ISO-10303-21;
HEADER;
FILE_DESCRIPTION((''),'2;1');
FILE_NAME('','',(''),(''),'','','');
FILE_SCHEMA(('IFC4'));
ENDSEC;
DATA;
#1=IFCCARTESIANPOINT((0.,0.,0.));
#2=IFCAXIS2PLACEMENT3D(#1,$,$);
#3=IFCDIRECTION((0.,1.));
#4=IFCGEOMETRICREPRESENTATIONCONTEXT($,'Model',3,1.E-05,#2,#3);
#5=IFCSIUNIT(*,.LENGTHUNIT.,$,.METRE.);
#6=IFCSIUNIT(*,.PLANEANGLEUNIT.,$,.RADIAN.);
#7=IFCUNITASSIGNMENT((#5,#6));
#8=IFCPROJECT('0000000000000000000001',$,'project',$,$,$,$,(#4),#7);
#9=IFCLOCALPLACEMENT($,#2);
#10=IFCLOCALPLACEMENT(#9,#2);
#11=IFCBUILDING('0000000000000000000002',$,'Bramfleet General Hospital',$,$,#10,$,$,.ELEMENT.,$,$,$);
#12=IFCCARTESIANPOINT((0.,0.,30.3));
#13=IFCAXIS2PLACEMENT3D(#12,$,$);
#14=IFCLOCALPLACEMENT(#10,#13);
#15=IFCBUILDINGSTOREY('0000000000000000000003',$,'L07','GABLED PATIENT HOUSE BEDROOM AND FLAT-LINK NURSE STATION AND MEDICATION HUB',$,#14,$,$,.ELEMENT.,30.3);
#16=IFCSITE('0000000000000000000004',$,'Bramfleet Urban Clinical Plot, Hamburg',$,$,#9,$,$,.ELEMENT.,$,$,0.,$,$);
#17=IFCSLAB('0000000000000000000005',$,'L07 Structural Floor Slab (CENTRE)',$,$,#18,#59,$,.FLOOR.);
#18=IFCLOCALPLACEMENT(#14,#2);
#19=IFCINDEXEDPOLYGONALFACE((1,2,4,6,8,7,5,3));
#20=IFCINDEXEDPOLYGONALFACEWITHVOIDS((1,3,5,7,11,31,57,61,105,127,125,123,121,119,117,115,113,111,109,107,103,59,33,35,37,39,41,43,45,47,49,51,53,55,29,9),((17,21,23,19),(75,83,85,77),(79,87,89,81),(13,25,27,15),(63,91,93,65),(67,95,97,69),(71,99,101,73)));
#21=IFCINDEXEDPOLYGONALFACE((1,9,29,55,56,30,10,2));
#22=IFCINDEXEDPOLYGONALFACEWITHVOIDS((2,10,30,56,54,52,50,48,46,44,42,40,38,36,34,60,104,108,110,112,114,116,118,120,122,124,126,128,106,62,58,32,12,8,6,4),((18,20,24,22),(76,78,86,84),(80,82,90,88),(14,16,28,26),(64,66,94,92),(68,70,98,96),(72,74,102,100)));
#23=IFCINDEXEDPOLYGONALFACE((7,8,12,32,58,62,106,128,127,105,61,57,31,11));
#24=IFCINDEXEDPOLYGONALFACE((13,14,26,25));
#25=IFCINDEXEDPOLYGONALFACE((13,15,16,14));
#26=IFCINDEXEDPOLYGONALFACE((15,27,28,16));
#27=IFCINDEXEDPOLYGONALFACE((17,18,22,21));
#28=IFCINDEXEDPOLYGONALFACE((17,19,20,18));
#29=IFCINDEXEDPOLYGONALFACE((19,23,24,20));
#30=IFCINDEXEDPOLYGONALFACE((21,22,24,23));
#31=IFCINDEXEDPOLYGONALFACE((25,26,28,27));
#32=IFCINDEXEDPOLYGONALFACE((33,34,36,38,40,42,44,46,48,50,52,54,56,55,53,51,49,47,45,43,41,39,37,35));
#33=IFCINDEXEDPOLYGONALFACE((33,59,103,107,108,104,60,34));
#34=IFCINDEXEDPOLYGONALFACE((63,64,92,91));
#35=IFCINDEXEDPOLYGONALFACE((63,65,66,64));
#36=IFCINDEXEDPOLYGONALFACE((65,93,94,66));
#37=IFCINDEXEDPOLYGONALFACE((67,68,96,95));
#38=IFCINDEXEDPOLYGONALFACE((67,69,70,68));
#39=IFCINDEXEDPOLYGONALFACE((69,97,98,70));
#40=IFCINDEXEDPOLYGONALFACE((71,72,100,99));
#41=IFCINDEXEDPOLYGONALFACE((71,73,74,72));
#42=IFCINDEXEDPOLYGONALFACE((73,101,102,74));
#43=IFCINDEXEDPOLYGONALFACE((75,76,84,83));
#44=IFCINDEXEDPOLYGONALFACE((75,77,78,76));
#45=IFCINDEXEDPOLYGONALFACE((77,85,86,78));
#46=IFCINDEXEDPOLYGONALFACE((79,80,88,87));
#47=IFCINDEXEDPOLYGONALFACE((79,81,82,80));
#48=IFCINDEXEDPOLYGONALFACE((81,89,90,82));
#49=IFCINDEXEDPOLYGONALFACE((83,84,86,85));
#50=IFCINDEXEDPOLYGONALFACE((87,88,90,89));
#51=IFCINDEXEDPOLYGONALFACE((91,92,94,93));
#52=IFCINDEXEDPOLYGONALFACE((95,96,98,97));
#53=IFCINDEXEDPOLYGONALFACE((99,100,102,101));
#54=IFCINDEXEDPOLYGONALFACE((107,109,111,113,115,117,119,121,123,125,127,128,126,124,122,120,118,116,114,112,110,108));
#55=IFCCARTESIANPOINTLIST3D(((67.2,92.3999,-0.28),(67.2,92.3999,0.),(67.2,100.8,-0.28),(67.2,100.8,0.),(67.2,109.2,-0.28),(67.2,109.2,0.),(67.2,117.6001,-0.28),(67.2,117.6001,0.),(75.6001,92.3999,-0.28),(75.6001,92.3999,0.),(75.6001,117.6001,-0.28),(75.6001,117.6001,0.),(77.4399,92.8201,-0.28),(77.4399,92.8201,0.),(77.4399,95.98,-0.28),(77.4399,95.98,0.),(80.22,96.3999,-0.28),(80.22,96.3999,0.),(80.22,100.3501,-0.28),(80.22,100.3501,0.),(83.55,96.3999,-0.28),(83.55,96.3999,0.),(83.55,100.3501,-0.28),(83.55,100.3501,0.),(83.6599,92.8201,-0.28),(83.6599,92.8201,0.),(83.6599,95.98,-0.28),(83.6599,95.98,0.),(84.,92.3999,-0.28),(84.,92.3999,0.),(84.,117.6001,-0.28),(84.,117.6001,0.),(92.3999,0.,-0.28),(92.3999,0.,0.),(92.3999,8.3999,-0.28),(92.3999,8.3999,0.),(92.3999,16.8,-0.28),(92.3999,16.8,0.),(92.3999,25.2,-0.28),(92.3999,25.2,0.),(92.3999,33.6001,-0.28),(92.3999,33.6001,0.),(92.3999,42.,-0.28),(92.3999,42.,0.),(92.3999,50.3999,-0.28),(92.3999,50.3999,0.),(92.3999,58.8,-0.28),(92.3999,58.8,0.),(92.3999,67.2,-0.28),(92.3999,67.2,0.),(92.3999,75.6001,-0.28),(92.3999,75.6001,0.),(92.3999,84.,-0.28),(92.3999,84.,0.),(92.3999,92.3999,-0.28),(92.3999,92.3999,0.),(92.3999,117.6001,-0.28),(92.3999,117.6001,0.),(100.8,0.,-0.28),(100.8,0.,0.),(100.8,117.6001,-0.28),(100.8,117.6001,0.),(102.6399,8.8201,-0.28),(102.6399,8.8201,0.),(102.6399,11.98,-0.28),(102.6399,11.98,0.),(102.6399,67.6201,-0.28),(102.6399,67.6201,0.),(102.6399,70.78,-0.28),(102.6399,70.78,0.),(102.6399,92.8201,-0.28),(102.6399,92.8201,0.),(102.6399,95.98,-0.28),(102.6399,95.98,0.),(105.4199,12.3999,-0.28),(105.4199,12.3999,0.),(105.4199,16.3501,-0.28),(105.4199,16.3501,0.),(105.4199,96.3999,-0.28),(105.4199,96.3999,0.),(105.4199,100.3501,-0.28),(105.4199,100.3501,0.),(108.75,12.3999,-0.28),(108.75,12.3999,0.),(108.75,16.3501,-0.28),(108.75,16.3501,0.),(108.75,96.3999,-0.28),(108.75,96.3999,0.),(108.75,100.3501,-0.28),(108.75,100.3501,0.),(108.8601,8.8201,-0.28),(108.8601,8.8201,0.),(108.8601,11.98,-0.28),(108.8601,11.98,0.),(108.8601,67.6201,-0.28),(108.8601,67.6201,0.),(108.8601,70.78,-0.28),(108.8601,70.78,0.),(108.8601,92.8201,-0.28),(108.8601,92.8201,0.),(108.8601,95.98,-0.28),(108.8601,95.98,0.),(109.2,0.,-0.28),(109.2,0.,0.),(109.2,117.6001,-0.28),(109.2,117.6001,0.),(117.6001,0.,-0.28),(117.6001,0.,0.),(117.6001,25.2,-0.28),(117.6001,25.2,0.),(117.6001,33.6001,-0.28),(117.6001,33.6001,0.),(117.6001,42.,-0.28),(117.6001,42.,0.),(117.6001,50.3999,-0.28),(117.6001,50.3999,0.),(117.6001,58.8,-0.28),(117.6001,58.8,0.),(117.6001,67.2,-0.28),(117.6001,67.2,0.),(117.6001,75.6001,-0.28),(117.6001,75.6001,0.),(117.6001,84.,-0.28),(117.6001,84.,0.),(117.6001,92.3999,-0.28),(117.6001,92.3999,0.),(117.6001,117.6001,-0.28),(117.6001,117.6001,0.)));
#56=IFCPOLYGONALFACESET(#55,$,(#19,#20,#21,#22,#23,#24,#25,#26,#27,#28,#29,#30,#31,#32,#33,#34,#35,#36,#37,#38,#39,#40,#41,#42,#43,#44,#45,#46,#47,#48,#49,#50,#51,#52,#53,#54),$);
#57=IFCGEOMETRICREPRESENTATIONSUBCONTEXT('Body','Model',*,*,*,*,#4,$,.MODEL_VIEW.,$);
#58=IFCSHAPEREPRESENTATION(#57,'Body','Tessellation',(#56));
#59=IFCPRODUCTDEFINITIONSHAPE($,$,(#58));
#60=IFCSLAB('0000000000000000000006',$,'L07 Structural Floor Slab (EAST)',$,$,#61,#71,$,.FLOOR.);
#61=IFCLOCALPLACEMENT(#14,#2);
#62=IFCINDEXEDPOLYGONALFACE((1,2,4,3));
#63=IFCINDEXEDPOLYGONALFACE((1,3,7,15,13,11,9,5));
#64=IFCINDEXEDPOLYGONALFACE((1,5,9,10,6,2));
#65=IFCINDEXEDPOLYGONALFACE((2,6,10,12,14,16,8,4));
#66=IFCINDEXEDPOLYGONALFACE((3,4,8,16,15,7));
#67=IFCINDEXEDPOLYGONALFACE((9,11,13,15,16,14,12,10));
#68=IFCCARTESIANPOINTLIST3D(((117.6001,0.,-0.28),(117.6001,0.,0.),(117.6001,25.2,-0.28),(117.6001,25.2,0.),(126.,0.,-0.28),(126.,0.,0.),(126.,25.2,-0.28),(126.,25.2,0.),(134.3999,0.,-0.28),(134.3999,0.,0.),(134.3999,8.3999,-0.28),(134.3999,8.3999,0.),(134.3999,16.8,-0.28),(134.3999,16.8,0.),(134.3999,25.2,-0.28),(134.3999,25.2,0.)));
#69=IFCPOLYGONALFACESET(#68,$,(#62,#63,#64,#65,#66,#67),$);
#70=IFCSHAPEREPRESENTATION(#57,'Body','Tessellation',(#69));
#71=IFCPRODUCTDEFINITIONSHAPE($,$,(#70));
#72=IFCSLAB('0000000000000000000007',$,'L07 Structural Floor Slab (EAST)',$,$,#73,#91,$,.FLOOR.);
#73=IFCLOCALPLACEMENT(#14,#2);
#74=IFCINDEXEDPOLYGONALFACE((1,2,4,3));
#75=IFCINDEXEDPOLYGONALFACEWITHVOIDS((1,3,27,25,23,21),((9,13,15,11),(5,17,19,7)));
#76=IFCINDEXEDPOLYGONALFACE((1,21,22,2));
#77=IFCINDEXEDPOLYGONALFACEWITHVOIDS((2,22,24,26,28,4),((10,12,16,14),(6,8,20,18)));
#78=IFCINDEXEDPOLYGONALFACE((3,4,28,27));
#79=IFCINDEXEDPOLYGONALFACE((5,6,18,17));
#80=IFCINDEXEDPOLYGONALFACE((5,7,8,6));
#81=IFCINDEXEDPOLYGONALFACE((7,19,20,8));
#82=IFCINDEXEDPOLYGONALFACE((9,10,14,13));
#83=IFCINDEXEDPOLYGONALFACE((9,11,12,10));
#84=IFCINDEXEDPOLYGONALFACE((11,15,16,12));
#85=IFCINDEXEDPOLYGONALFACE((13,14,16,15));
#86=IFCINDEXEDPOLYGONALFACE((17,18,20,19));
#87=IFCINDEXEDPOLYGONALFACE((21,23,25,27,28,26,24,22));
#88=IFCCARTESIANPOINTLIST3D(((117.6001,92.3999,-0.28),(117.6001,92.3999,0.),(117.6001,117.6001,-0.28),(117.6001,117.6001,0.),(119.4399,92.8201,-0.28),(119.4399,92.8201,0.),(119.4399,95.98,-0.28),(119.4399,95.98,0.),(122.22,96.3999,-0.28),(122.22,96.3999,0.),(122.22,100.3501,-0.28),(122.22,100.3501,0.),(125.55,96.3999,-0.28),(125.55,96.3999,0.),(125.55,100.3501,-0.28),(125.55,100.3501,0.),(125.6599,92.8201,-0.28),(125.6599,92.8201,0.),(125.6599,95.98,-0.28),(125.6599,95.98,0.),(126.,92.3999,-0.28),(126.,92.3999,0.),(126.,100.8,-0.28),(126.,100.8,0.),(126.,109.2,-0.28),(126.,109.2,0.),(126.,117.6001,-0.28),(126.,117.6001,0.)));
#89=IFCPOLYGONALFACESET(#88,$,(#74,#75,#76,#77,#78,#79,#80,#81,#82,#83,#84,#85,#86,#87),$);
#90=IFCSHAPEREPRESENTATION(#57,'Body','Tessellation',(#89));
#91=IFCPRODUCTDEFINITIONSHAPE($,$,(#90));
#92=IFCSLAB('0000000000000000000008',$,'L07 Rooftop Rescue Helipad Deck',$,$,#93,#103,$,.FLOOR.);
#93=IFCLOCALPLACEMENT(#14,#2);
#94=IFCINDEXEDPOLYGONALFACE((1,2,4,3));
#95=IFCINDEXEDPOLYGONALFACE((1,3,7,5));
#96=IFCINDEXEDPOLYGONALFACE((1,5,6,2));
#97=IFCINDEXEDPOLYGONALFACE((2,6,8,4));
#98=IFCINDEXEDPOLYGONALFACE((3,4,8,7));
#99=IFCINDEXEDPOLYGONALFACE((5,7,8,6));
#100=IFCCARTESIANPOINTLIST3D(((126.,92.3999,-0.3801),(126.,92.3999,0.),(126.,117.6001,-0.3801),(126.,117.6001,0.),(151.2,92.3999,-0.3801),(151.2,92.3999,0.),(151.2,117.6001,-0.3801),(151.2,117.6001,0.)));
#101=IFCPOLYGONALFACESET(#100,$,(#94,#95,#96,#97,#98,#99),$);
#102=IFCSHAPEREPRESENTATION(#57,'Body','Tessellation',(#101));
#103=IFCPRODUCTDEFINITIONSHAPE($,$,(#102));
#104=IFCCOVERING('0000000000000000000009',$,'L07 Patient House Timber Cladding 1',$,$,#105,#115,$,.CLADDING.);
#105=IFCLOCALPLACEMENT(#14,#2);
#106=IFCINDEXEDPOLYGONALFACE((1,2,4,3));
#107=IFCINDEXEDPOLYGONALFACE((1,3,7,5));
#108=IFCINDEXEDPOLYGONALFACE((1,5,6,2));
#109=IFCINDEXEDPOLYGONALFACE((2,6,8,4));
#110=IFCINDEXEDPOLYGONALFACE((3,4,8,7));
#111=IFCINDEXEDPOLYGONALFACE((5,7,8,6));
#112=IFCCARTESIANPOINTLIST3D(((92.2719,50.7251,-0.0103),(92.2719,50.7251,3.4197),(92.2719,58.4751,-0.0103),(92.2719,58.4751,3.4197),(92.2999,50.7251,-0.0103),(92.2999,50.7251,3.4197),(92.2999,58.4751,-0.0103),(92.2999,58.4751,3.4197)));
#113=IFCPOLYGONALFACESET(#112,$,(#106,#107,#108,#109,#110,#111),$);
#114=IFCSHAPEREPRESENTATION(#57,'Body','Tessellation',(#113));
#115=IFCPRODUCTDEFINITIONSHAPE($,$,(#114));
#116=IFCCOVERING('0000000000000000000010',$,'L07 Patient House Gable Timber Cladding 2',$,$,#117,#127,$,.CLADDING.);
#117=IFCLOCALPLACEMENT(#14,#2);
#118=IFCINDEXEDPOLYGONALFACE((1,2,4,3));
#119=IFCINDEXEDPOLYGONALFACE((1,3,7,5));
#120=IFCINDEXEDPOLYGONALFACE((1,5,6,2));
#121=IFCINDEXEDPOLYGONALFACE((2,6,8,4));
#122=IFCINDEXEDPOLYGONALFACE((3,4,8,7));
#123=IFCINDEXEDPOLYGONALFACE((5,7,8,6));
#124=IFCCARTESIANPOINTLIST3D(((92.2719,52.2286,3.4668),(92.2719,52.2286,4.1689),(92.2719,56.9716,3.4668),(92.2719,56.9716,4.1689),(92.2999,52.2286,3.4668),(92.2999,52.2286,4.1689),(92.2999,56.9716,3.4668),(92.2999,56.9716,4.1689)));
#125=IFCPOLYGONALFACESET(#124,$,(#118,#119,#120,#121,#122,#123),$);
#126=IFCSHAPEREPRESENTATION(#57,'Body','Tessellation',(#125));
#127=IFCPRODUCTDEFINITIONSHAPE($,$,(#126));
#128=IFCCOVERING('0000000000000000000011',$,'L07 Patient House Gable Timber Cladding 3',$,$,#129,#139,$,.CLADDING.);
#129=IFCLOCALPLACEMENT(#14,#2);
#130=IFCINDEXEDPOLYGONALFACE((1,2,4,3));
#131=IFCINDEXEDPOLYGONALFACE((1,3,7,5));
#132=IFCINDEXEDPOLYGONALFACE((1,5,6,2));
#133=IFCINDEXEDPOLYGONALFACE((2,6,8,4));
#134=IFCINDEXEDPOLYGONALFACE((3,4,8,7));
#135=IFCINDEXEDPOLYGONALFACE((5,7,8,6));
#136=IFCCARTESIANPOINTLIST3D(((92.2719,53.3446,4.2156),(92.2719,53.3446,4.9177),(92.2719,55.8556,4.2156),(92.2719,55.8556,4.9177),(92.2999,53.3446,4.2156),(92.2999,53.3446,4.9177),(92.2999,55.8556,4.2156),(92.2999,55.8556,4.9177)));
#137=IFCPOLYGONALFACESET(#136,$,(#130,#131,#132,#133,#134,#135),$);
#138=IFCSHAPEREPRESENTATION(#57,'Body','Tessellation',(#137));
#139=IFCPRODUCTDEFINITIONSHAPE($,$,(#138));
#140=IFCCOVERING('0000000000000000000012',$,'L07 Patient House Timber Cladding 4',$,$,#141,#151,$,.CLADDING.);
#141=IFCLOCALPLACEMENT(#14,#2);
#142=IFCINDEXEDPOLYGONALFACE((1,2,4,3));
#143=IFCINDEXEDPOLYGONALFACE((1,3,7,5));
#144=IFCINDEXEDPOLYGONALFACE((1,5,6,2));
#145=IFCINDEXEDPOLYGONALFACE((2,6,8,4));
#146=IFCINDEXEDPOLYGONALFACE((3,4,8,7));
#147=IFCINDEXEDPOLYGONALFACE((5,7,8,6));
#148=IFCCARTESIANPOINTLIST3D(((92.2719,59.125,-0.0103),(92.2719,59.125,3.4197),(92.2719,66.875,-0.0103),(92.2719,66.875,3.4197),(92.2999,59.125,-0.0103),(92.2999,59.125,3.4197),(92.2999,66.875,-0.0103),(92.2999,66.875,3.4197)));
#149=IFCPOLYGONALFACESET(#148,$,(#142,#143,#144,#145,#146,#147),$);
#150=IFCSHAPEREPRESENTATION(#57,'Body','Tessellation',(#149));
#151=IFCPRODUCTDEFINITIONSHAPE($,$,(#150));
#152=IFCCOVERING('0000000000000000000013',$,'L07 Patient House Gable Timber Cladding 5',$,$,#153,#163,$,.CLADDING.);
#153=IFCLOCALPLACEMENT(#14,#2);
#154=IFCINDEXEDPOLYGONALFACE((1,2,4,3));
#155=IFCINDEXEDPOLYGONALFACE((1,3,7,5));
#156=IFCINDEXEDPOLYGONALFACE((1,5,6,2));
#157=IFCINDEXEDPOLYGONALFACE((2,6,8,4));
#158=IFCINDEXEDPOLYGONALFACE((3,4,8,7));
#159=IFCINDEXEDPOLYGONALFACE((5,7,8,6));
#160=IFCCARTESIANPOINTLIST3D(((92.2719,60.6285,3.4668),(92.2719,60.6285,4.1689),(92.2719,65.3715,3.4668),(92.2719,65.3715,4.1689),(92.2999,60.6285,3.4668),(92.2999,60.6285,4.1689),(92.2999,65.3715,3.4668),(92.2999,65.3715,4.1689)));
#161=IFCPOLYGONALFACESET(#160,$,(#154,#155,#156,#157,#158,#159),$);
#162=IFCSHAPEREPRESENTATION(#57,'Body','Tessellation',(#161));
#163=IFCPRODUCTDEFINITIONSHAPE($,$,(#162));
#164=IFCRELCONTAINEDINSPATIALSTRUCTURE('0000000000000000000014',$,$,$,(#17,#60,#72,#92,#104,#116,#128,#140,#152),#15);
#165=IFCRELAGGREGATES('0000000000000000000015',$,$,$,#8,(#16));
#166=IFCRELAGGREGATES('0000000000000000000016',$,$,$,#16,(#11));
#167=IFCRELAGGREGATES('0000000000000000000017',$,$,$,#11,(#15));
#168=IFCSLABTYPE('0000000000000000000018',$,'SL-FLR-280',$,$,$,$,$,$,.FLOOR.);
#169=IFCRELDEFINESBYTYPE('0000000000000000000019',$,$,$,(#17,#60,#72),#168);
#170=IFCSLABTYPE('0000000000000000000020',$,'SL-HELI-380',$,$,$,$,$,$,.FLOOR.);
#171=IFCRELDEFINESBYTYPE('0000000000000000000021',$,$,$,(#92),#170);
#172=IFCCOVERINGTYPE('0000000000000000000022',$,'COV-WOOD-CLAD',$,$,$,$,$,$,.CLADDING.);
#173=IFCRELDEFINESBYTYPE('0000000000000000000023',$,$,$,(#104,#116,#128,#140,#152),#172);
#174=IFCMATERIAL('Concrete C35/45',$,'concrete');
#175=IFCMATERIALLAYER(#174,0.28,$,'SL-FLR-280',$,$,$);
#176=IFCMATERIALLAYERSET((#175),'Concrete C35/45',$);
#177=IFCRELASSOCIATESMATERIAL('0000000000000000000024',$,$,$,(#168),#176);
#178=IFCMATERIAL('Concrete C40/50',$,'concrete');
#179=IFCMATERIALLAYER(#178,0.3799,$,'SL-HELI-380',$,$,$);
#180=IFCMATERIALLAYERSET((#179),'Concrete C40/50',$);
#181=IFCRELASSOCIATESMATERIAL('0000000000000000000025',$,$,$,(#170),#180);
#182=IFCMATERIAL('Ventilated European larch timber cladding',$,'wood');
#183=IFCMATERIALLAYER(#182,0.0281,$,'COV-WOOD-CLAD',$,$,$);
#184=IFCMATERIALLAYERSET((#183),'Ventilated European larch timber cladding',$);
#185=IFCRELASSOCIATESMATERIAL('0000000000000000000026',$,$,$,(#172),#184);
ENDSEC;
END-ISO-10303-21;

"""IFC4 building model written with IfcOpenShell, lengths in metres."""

from ifc_helpers import new_model, si_unit, direction, frame, origin, origin_2d, place, context, subcontext, project, spatial, polyline, rectangle, outline, extrude, material, layer, layer_set, type_object, element, save


model = new_model("IFC4")

# Units and contexts
model_context = context("Model", 3, precision=1e-05, world=origin(), true_north=direction((0.0, 1.0)))
body_context = subcontext(model_context, "Body", "Model", "MODEL_VIEW")
ifc_project = project(units=[si_unit("LENGTHUNIT", "METRE"), si_unit("PLANEANGLEUNIT", "RADIAN")], contexts=[model_context])

# Site, building, storey
site_placement = place(None, origin())
site = spatial("IfcSite", under=ifc_project, at=site_placement, Name="Bramfleet Urban Clinical Plot, Hamburg", CompositionType="ELEMENT", RefElevation=0.0)
building_placement = place(site_placement, origin())
building = spatial("IfcBuilding", under=site, at=building_placement, Name="Bramfleet General Hospital", CompositionType="ELEMENT")
storey_placement = place(building_placement, frame((0.0, 0.0, 30.3)))
storey = spatial("IfcBuildingStorey", under=building, at=storey_placement, Name="L07", Description="GABLED PATIENT HOUSE BEDROOM AND FLAT-LINK NURSE STATION AND MEDICATION HUB", CompositionType="ELEMENT", Elevation=30.3)

# Slabs
ifc_material_1 = material(Name="Concrete C35/45", Category="concrete")
ifc_layer_1 = layer(ifc_material_1, 0.28, Name="SL-FLR-280")
ifc_layer_set_1 = layer_set([ifc_layer_1], Name="Concrete C35/45")
slab_type_1 = type_object("IfcSlabType", Name="SL-FLR-280", PredefinedType="FLOOR", material=ifc_layer_set_1)
slab_1_placement = place(storey_placement, frame((0.0, 0.0, -0.28)))
element("IfcSlab", 1, at=slab_1_placement, inside=storey, type_object=slab_type_1, Name="L07 Structural Floor Slab (CENTRE)", PredefinedType="FLOOR", context=body_context, shape_type="SweptSolid", body=[
    extrude(outline(polyline([(92.3999, 58.8), (92.3999, 67.2), (92.3999, 75.6001), (92.3999, 84.0), (92.3999, 92.3999), (84.0, 92.3999), (75.6001, 92.3999), (67.2, 92.3999), (67.2, 100.8), (67.2, 109.2), (67.2, 117.6001), (75.6001, 117.6001), (84.0, 117.6001), (92.3999, 117.6001), (100.8, 117.6001), (109.2, 117.6001), (117.6001, 117.6001), (117.6001, 92.3999), (117.6001, 84.0), (117.6001, 75.6001), (117.6001, 67.2), (117.6001, 58.8), (117.6001, 50.3999), (117.6001, 42.0), (117.6001, 33.6001), (117.6001, 25.2), (117.6001, 0.0), (109.2, 0.0), (100.8, 0.0), (92.3999, 0.0), (92.3999, 8.3999), (92.3999, 16.8), (92.3999, 25.2), (92.3999, 33.6001), (92.3999, 42.0), (92.3999, 50.3999), (92.3999, 58.8)]), holes=[polyline([(102.6399, 8.8201), (108.8601, 8.8201), (108.8601, 11.98), (102.6399, 11.98), (102.6399, 8.8201)]), polyline([(105.4199, 12.3999), (108.75, 12.3999), (108.75, 16.3501), (105.4199, 16.3501), (105.4199, 12.3999)]), polyline([(102.6399, 92.8201), (108.8601, 92.8201), (108.8601, 95.98), (102.6399, 95.98), (102.6399, 92.8201)]), polyline([(105.4199, 96.3999), (108.75, 96.3999), (108.75, 100.3501), (105.4199, 100.3501), (105.4199, 96.3999)]), polyline([(77.4399, 92.8201), (83.6599, 92.8201), (83.6599, 95.98), (77.4399, 95.98), (77.4399, 92.8201)]), polyline([(80.22, 96.3999), (83.55, 96.3999), (83.55, 100.3501), (80.22, 100.3501), (80.22, 96.3999)]), polyline([(102.6399, 67.6201), (108.8601, 67.6201), (108.8601, 70.78), (102.6399, 70.78), (102.6399, 67.6201)])]), origin(), (0.0, 0.0, 1.0), 0.28),
])
slab_2_placement = place(storey_placement, frame((0.0, 0.0, -0.28)))
element("IfcSlab", 2, at=slab_2_placement, inside=storey, type_object=slab_type_1, Name="L07 Structural Floor Slab (EAST)", PredefinedType="FLOOR", context=body_context, shape_type="SweptSolid", body=[
    extrude(outline(polyline([(126.0, 25.2), (134.3999, 25.2), (134.3999, 16.8), (134.3999, 8.3999), (134.3999, 0.0), (126.0, 0.0), (117.6001, 0.0), (117.6001, 25.2), (126.0, 25.2)])), origin(), (0.0, 0.0, 1.0), 0.28),
])
slab_3_placement = place(storey_placement, frame((0.0, 0.0, -0.28)))
element("IfcSlab", 3, at=slab_3_placement, inside=storey, type_object=slab_type_1, Name="L07 Structural Floor Slab (EAST)", PredefinedType="FLOOR", context=body_context, shape_type="SweptSolid", body=[
    extrude(outline(polyline([(126.0, 117.6001), (126.0, 109.2), (126.0, 100.8), (126.0, 92.3999), (117.6001, 92.3999), (117.6001, 117.6001), (126.0, 117.6001)]), holes=[polyline([(119.4399, 92.8201), (125.6599, 92.8201), (125.6599, 95.98), (119.4399, 95.98), (119.4399, 92.8201)]), polyline([(122.22, 96.3999), (125.55, 96.3999), (125.55, 100.3501), (122.22, 100.3501), (122.22, 96.3999)])]), origin(), (0.0, 0.0, 1.0), 0.28),
])
ifc_material_2 = material(Name="Concrete C40/50", Category="concrete")
ifc_layer_2 = layer(ifc_material_2, 0.3799, Name="SL-HELI-380")
ifc_layer_set_2 = layer_set([ifc_layer_2], Name="Concrete C40/50")
slab_type_2 = type_object("IfcSlabType", Name="SL-HELI-380", PredefinedType="FLOOR", material=ifc_layer_set_2)
slab_4_placement = place(storey_placement, frame((0.0, 0.0, -0.3801)))
element("IfcSlab", 4, at=slab_4_placement, inside=storey, type_object=slab_type_2, Name="L07 Rooftop Rescue Helipad Deck", PredefinedType="FLOOR", context=body_context, shape_type="SweptSolid", body=[
    extrude(outline(polyline([(126.0, 92.3999), (151.2, 92.3999), (151.2, 117.6001), (126.0, 117.6001), (126.0, 92.3999)])), origin(), (0.0, 0.0, 1.0), 0.3801),
])

# Coverings
ifc_material_3 = material(Name="Ventilated European larch timber cladding", Category="wood")
ifc_layer_3 = layer(ifc_material_3, 0.0281, Name="COV-WOOD-CLAD")
ifc_layer_set_3 = layer_set([ifc_layer_3], Name="Ventilated European larch timber cladding")
covering_type_1 = type_object("IfcCoveringType", Name="COV-WOOD-CLAD", PredefinedType="CLADDING", material=ifc_layer_set_3)
covering_1_placement = place(storey_placement, frame((92.2859, 54.6001, -0.0103), z_axis=(0.0, 0.0, 1.0), x_axis=(0.0, 1.0, 0.0)))
element("IfcCovering", 5, at=covering_1_placement, inside=storey, type_object=covering_type_1, Name="L07 Patient House Timber Cladding 1", PredefinedType="CLADDING", context=body_context, shape_type="SweptSolid", body=[
    extrude(rectangle(XDim=7.75, YDim=0.0281, at=origin_2d()), origin(), (0.0, 0.0, 1.0), 3.4299),
])
covering_2_placement = place(storey_placement, frame((92.2859, 54.6001, 3.4668), z_axis=(0.0, 0.0, 1.0), x_axis=(0.0, 1.0, 0.0)))
element("IfcCovering", 6, at=covering_2_placement, inside=storey, type_object=covering_type_1, Name="L07 Patient House Gable Timber Cladding 2", PredefinedType="CLADDING", context=body_context, shape_type="SweptSolid", body=[
    extrude(rectangle(XDim=4.7429, YDim=0.0281, at=origin_2d()), origin(), (0.0, 0.0, 1.0), 0.7021),
])
covering_3_placement = place(storey_placement, frame((92.2859, 54.6001, 4.2156), z_axis=(0.0, 0.0, 1.0), x_axis=(0.0, 1.0, 0.0)))
element("IfcCovering", 7, at=covering_3_placement, inside=storey, type_object=covering_type_1, Name="L07 Patient House Gable Timber Cladding 3", PredefinedType="CLADDING", context=body_context, shape_type="SweptSolid", body=[
    extrude(rectangle(XDim=2.511, YDim=0.0281, at=origin_2d()), origin(), (0.0, 0.0, 1.0), 0.7021),
])
covering_4_placement = place(storey_placement, frame((92.2859, 63.0, -0.0103), z_axis=(0.0, 0.0, 1.0), x_axis=(0.0, 1.0, 0.0)))
element("IfcCovering", 8, at=covering_4_placement, inside=storey, type_object=covering_type_1, Name="L07 Patient House Timber Cladding 4", PredefinedType="CLADDING", context=body_context, shape_type="SweptSolid", body=[
    extrude(rectangle(XDim=7.75, YDim=0.0281, at=origin_2d()), origin(), (0.0, 0.0, 1.0), 3.4299),
])
covering_5_placement = place(storey_placement, frame((92.2859, 63.0, 3.4668), z_axis=(0.0, 0.0, 1.0), x_axis=(0.0, 1.0, 0.0)))
element("IfcCovering", 9, at=covering_5_placement, inside=storey, type_object=covering_type_1, Name="L07 Patient House Gable Timber Cladding 5", PredefinedType="CLADDING", context=body_context, shape_type="SweptSolid", body=[
    extrude(rectangle(XDim=4.7429, YDim=0.0281, at=origin_2d()), origin(), (0.0, 0.0, 1.0), 0.7021),
])

save(model, "model.ifc")
